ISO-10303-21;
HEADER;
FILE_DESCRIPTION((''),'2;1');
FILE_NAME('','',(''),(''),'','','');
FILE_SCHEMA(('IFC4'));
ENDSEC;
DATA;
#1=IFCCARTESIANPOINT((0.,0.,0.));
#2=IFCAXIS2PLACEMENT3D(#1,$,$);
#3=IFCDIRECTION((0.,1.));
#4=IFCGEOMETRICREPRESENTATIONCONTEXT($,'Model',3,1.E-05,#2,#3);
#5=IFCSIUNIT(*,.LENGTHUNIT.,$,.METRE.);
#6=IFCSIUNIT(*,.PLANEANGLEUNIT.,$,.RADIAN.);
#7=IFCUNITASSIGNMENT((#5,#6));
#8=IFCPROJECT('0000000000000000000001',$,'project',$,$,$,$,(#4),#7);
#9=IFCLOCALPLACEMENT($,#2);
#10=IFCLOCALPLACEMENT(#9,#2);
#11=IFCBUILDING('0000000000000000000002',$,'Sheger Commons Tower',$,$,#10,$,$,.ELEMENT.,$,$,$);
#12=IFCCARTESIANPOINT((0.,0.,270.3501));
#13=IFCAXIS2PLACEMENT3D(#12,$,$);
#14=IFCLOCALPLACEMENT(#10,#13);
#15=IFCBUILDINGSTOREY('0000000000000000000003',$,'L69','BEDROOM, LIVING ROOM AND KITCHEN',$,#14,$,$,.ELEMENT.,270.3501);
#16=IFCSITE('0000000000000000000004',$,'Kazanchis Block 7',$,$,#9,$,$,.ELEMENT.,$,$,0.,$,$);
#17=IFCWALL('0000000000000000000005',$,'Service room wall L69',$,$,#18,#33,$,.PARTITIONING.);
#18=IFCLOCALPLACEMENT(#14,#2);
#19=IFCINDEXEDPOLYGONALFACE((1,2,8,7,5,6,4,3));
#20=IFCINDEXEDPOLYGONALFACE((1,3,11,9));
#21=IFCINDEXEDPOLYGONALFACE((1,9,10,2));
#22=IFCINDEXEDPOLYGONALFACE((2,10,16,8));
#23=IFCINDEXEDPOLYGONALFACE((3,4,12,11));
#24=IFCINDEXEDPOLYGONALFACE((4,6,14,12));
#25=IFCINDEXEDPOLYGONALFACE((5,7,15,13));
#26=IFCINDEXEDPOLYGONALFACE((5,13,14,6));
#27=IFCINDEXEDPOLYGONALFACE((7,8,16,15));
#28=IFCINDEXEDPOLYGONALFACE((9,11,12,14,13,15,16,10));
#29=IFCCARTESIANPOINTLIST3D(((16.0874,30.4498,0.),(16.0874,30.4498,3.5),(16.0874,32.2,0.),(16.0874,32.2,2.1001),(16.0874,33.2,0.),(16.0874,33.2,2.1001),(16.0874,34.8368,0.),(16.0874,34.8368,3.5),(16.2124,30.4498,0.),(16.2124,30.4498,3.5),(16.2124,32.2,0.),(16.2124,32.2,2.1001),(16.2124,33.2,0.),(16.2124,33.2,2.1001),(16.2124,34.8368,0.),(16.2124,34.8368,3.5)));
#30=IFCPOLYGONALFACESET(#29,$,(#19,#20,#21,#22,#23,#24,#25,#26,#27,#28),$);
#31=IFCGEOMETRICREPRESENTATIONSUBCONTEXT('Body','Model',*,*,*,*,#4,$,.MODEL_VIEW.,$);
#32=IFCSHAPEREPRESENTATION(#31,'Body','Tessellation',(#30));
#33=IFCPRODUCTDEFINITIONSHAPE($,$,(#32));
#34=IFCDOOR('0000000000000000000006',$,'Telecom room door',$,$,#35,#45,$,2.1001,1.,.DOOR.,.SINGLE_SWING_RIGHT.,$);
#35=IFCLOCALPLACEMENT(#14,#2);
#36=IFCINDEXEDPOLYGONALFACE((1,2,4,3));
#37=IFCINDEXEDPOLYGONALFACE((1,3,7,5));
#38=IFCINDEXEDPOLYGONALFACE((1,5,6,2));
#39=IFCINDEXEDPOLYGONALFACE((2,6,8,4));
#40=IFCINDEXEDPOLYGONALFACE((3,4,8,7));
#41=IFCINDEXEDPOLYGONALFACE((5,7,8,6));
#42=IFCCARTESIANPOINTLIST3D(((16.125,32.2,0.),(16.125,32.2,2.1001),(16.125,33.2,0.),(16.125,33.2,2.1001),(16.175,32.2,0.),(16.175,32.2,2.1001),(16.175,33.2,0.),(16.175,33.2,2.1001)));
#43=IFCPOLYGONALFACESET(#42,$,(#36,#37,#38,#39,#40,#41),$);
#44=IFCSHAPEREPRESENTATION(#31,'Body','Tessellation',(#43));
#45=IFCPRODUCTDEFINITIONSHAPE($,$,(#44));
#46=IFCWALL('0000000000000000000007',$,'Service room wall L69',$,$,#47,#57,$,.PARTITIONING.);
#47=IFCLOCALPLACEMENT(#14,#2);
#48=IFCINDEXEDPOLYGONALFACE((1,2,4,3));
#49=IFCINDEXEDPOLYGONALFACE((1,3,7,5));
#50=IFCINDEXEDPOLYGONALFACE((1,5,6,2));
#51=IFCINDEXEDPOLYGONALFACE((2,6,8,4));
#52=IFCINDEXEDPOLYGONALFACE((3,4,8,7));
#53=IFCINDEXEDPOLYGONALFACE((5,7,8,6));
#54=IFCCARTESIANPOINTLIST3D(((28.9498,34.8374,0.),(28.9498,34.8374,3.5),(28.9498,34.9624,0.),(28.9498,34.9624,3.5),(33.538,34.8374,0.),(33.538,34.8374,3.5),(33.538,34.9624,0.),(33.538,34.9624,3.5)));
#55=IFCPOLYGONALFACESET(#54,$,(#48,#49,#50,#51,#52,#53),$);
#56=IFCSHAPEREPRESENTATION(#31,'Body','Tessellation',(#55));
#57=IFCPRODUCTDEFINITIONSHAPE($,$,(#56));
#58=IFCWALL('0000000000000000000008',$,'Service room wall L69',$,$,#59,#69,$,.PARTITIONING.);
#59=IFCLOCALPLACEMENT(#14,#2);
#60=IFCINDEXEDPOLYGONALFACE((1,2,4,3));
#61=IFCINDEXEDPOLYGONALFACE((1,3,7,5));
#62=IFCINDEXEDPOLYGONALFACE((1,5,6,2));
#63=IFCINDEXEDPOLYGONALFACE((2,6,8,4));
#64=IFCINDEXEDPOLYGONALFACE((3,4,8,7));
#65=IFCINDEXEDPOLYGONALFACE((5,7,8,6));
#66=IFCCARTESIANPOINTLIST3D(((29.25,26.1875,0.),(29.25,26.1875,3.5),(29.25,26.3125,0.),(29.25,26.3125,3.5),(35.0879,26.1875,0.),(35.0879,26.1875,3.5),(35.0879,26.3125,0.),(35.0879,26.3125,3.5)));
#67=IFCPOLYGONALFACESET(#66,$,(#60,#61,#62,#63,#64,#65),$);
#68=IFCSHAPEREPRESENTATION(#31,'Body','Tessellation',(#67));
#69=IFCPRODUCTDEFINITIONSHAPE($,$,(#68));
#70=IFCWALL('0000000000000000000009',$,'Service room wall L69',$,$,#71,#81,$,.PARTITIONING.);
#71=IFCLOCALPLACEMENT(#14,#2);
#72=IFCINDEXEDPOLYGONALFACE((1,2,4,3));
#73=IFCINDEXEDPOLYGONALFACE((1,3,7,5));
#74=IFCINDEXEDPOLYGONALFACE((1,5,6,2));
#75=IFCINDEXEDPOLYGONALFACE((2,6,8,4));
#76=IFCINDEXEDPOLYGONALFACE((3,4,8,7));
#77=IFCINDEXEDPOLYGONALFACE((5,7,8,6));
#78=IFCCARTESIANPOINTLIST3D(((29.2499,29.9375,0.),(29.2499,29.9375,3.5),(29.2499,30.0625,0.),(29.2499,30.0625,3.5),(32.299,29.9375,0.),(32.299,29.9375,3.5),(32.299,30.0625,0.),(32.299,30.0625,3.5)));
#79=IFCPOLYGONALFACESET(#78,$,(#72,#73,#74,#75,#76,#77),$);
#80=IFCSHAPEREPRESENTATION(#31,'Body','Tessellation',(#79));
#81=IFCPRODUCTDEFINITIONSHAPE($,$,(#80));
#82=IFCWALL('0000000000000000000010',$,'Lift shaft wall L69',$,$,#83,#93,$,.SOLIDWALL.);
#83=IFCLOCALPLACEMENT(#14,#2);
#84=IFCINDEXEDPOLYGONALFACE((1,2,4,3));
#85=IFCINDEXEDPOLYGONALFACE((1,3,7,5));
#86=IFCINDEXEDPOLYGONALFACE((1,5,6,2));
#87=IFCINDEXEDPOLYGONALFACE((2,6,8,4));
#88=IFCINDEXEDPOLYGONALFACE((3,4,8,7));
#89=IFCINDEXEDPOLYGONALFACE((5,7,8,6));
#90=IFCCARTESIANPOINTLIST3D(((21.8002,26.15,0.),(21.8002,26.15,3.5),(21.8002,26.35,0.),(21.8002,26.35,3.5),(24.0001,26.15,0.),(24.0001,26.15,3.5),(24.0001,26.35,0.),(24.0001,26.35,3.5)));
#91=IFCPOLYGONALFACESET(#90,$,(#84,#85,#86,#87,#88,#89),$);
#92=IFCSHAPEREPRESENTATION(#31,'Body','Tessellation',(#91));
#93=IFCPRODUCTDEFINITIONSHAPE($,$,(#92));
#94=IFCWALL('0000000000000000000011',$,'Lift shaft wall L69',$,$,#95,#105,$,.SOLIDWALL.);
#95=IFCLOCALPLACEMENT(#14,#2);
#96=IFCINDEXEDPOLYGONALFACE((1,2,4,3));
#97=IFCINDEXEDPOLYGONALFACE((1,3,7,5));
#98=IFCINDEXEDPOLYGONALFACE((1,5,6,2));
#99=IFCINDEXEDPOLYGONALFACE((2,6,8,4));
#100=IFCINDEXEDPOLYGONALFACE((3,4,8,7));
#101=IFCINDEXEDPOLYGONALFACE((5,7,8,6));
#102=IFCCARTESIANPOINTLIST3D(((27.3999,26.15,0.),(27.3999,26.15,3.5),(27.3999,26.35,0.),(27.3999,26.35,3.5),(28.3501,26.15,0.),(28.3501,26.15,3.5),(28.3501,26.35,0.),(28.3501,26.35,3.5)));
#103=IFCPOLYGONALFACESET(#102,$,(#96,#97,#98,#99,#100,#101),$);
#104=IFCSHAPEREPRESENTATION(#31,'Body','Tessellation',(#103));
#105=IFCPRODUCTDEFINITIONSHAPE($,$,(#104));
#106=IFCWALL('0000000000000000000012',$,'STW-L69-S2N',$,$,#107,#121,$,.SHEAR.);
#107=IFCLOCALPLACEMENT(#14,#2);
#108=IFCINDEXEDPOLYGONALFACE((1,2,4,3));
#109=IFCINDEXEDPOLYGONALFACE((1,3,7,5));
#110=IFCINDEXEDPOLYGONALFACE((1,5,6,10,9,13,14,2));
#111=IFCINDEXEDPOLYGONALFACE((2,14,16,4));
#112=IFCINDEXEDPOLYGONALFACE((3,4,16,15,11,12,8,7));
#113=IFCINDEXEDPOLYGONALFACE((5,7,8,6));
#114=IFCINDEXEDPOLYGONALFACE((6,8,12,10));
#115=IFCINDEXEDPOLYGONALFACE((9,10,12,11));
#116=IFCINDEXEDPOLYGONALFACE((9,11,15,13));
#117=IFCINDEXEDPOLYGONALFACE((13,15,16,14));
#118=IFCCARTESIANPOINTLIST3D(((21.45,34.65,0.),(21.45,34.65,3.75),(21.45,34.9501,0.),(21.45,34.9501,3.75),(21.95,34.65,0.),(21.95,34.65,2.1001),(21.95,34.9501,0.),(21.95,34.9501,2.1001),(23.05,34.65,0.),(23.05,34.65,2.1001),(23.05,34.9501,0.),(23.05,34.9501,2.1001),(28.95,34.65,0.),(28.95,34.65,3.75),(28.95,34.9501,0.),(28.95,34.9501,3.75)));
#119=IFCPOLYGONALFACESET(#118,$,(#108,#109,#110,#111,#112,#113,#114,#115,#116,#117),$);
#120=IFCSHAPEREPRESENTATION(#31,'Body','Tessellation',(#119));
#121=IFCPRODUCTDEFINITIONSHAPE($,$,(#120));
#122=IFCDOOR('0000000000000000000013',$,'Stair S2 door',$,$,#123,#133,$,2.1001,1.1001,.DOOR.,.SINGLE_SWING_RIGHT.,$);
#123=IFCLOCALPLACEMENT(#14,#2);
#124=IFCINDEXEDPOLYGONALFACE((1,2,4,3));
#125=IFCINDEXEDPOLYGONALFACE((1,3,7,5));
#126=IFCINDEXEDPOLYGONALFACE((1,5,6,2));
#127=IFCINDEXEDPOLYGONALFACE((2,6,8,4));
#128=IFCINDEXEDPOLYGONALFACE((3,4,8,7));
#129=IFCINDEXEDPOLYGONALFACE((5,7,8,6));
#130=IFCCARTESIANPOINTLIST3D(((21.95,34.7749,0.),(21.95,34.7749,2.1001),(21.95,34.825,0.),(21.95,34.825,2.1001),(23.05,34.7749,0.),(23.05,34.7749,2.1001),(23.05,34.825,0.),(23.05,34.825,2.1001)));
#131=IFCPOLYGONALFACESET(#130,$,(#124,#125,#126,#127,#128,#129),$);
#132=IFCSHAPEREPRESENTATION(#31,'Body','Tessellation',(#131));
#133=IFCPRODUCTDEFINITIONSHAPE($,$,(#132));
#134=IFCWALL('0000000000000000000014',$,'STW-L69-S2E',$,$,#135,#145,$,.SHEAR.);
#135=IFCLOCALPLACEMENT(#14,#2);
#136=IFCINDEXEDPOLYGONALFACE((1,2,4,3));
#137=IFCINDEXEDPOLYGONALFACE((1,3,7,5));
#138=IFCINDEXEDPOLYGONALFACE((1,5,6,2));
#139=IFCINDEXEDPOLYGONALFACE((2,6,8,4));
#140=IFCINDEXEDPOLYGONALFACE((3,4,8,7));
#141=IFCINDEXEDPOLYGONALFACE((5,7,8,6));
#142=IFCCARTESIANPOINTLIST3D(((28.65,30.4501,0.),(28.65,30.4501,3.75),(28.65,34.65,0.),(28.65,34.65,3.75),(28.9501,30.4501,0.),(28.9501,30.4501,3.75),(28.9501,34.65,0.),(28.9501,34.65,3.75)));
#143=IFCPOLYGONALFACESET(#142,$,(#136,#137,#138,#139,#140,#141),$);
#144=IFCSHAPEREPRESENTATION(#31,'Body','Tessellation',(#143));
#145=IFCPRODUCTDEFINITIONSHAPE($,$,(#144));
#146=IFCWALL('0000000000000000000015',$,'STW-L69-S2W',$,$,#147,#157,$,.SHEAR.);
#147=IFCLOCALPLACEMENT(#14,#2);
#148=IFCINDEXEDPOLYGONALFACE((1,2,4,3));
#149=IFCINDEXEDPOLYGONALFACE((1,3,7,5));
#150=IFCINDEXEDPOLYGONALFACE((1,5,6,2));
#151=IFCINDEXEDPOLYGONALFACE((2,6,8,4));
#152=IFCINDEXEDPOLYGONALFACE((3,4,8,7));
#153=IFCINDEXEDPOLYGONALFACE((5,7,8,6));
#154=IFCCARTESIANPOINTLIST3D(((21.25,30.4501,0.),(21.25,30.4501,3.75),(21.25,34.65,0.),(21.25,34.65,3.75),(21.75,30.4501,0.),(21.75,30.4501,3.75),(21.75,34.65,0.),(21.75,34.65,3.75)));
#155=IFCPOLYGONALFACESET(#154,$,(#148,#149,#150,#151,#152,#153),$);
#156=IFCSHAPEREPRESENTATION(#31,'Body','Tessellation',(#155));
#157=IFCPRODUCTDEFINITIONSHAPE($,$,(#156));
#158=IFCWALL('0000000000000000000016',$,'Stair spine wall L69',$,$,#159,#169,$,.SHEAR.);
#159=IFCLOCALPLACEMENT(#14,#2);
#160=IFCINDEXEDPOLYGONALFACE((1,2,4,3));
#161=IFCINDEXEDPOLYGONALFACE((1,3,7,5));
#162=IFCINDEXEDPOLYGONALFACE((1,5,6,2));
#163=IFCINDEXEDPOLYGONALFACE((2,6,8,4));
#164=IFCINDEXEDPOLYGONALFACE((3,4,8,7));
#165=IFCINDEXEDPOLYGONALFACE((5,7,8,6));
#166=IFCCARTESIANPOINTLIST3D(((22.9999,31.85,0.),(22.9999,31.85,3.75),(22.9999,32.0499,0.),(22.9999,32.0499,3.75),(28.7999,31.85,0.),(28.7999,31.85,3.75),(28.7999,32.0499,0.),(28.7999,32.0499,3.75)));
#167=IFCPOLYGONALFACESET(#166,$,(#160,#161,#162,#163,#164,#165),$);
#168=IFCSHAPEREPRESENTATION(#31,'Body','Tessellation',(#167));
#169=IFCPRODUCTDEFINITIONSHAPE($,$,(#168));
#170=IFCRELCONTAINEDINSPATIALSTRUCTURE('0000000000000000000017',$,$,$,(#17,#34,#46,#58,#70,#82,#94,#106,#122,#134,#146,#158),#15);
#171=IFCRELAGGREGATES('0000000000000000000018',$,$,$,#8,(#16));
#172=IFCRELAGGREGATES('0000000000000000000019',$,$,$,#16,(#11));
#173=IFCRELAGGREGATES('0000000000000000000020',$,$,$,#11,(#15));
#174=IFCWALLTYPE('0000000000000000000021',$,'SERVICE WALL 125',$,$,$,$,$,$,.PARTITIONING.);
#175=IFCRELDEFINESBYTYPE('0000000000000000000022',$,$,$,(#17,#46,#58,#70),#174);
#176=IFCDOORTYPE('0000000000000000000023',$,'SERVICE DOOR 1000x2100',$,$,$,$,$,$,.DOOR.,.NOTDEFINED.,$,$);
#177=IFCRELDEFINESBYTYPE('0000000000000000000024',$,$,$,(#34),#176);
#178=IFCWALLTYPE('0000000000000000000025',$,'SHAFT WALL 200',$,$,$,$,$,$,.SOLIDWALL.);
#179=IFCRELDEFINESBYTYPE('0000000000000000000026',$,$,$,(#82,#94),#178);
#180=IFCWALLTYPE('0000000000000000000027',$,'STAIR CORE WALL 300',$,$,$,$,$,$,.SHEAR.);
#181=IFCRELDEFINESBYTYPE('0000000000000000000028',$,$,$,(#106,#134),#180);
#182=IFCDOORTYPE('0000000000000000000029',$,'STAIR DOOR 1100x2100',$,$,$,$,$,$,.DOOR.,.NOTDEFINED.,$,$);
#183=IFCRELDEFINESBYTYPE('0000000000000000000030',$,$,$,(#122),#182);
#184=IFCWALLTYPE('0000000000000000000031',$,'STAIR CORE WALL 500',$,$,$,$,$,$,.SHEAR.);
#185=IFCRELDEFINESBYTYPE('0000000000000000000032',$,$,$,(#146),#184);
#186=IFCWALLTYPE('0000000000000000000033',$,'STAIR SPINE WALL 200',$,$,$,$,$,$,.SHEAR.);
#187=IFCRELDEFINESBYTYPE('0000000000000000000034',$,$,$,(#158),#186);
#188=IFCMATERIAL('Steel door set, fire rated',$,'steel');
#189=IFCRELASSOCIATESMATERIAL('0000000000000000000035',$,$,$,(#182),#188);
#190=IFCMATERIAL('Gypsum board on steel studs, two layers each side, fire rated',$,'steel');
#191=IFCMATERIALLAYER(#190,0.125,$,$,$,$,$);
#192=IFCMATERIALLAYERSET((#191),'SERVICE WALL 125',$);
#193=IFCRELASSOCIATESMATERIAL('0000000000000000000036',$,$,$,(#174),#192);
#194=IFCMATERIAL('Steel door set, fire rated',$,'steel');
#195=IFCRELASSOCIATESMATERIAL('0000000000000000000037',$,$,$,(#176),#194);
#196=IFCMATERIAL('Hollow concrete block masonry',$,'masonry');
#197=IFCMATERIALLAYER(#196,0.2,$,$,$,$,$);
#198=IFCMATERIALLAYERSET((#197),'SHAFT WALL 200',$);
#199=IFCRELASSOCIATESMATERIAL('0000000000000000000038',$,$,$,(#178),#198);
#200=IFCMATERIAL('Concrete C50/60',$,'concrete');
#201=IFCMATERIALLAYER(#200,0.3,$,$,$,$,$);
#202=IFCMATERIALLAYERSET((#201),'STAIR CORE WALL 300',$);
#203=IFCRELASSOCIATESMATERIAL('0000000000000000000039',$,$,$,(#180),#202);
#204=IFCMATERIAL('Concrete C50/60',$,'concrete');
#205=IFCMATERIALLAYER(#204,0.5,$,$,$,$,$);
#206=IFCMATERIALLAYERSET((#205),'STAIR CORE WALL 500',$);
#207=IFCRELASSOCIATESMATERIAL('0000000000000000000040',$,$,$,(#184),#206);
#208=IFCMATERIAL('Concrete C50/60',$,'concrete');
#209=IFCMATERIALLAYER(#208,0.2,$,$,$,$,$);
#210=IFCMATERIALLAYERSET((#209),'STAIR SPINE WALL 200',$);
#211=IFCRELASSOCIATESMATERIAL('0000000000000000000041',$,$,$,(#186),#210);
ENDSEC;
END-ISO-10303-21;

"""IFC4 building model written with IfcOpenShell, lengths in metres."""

from ifc_helpers import new_model, si_unit, direction, frame, frame_2d, origin, place, context, subcontext, project, spatial, rectangle, extrude, material, layer, layer_set, type_object, element, fill, save


model = new_model("IFC4")

# Units and contexts
model_context = context("Model", 3, precision=1e-05, world=origin(), true_north=direction((0.0, 1.0)))
body_context = subcontext(model_context, "Body", "Model", "MODEL_VIEW")
ifc_project = project(units=[si_unit("LENGTHUNIT", "METRE"), si_unit("PLANEANGLEUNIT", "RADIAN")], contexts=[model_context])

# Site, building, storey
site_placement = place(None, origin())
site = spatial("IfcSite", under=ifc_project, at=site_placement, Name="Kazanchis Block 7", CompositionType="ELEMENT", RefElevation=0.0)
building_placement = place(site_placement, origin())
building = spatial("IfcBuilding", under=site, at=building_placement, Name="Sheger Commons Tower", CompositionType="ELEMENT")
storey_placement = place(building_placement, frame((0.0, 0.0, 270.3501)))
storey = spatial("IfcBuildingStorey", under=building, at=storey_placement, Name="L69", Description="BEDROOM, LIVING ROOM AND KITCHEN", CompositionType="ELEMENT", Elevation=270.3501)

# Shared definitions
ifc_material_1 = material(Name="Steel door set, fire rated", Category="steel")
door_type_1 = type_object("IfcDoorType", Name="STAIR DOOR 1100x2100", OperationType="NOTDEFINED", PredefinedType="DOOR", material=ifc_material_1)

# Wall, opening, door
ifc_material_2 = material(Name="Gypsum board on steel studs, two layers each side, fire rated", Category="steel")
ifc_layer_1 = layer(ifc_material_2, 0.125)
ifc_layer_set_1 = layer_set([ifc_layer_1], Name="SERVICE WALL 125")
wall_type_1 = type_object("IfcWallType", Name="SERVICE WALL 125", PredefinedType="PARTITIONING", material=ifc_layer_set_1)
wall_1_placement = place(storey_placement, frame((16.1499, 30.45, 0.0), z_axis=(0.0, 0.0, 1.0), x_axis=(0.0, 1.0, 0.0)))
wall_1 = element("IfcWall", 1, at=wall_1_placement, inside=storey, type_object=wall_type_1, Name="Service room wall L69", PredefinedType="PARTITIONING", context=body_context, shape_type="SweptSolid", body=[
    extrude(rectangle(XDim=4.387, YDim=0.125, at=frame_2d((2.1934, 0.0))), origin(), (0.0, 0.0, 1.0), 3.5),
])
opening_1_placement = place(wall_1_placement, frame((1.75, 0.0, 0.0)))
opening_1 = element("IfcOpeningElement", 2, at=opening_1_placement, cuts=wall_1, PredefinedType="OPENING", context=body_context, shape_type="SweptSolid", body=[
    extrude(rectangle(XDim=1.0, YDim=2.1001, at=frame_2d((0.5, 1.05))), frame((0.0, 0.0725, 0.0), z_axis=(0.0, -1.0, 0.0), x_axis=(1.0, 0.0, 0.0)), (0.0, 0.0, 1.0), 0.145),
])
ifc_material_3 = material(Name="Steel door set, fire rated", Category="steel")
door_type_2 = type_object("IfcDoorType", Name="SERVICE DOOR 1000x2100", OperationType="NOTDEFINED", PredefinedType="DOOR", material=ifc_material_3)
door_1_placement = place(opening_1_placement, origin())
door_1 = element("IfcDoor", 3, at=door_1_placement, inside=storey, type_object=door_type_2, Name="Telecom room door", OperationType="SINGLE_SWING_RIGHT", OverallHeight=2.1001, OverallWidth=1.0, PredefinedType="DOOR", context=body_context, shape_type="SweptSolid", body=[
    extrude(rectangle(XDim=1.0, YDim=2.1001, at=frame_2d((0.5, 1.05))), frame((0.0, 0.0249, 0.0), z_axis=(0.0, -1.0, 0.0), x_axis=(1.0, 0.0, 0.0)), (0.0, 0.0, 1.0), 0.05),
])
fill(opening_1, door_1)

# Walls
wall_2_placement = place(storey_placement, frame((28.95, 34.8999, 0.0), z_axis=(0.0, 0.0, 1.0), x_axis=(1.0, 0.0, 0.0)))
element("IfcWall", 4, at=wall_2_placement, inside=storey, type_object=wall_type_1, Name="Service room wall L69", PredefinedType="PARTITIONING", context=body_context, shape_type="SweptSolid", body=[
    extrude(rectangle(XDim=4.5881, YDim=0.125, at=frame_2d((2.2939, 0.0))), origin(), (0.0, 0.0, 1.0), 3.5),
])
wall_3_placement = place(storey_placement, frame((29.25, 26.25, 0.0), z_axis=(0.0, 0.0, 1.0), x_axis=(1.0, 0.0, 0.0)))
element("IfcWall", 5, at=wall_3_placement, inside=storey, type_object=wall_type_1, Name="Service room wall L69", PredefinedType="PARTITIONING", context=body_context, shape_type="SweptSolid", body=[
    extrude(rectangle(XDim=5.8379, YDim=0.125, at=frame_2d((2.9189, 0.0))), origin(), (0.0, 0.0, 1.0), 3.5),
])
wall_4_placement = place(storey_placement, frame((29.25, 30.0, 0.0), z_axis=(0.0, 0.0, 1.0), x_axis=(1.0, 0.0, 0.0)))
element("IfcWall", 6, at=wall_4_placement, inside=storey, type_object=wall_type_1, Name="Service room wall L69", PredefinedType="PARTITIONING", context=body_context, shape_type="SweptSolid", body=[
    extrude(rectangle(XDim=3.0491, YDim=0.125, at=frame_2d((1.5244, 0.0))), origin(), (0.0, 0.0, 1.0), 3.5),
])
ifc_material_4 = material(Name="Hollow concrete block masonry", Category="masonry")
ifc_layer_2 = layer(ifc_material_4, 0.2)
ifc_layer_set_2 = layer_set([ifc_layer_2], Name="SHAFT WALL 200")
wall_type_2 = type_object("IfcWallType", Name="SHAFT WALL 200", PredefinedType="SOLIDWALL", material=ifc_layer_set_2)
wall_5_placement = place(storey_placement, frame((21.8, 26.25, 0.0), z_axis=(0.0, 0.0, 1.0), x_axis=(1.0, 0.0, 0.0)))
element("IfcWall", 7, at=wall_5_placement, inside=storey, type_object=wall_type_2, Name="Lift shaft wall L69", PredefinedType="SOLIDWALL", context=body_context, shape_type="SweptSolid", body=[
    extrude(rectangle(XDim=2.2, YDim=0.2, at=frame_2d((1.1001, 0.0))), origin(), (0.0, 0.0, 1.0), 3.5),
])
wall_6_placement = place(storey_placement, frame((27.3999, 26.25, 0.0), z_axis=(0.0, 0.0, 1.0), x_axis=(1.0, 0.0, 0.0)))
element("IfcWall", 8, at=wall_6_placement, inside=storey, type_object=wall_type_2, Name="Lift shaft wall L69", PredefinedType="SOLIDWALL", context=body_context, shape_type="SweptSolid", body=[
    extrude(rectangle(XDim=0.9502, YDim=0.2, at=frame_2d((0.4751, 0.0))), origin(), (0.0, 0.0, 1.0), 3.5),
])

# Wall, opening, door
ifc_material_5 = material(Name="Concrete C50/60", Category="concrete")
ifc_layer_3 = layer(ifc_material_5, 0.3)
ifc_layer_set_3 = layer_set([ifc_layer_3], Name="STAIR CORE WALL 300")
wall_type_3 = type_object("IfcWallType", Name="STAIR CORE WALL 300", PredefinedType="SHEAR", material=ifc_layer_set_3)
wall_7_placement = place(storey_placement, frame((21.45, 34.8, 0.0), z_axis=(0.0, 0.0, 1.0), x_axis=(1.0, 0.0, 0.0)))
wall_7 = element("IfcWall", 9, at=wall_7_placement, inside=storey, type_object=wall_type_3, Name="STW-L69-S2N", PredefinedType="SHEAR", context=body_context, shape_type="SweptSolid", body=[
    extrude(rectangle(XDim=7.5, YDim=0.3, at=frame_2d((3.75, 0.0))), origin(), (0.0, 0.0, 1.0), 3.75),
])
opening_2_placement = place(wall_7_placement, frame((0.5, 0.0, 0.0)))
opening_2 = element("IfcOpeningElement", 10, at=opening_2_placement, cuts=wall_7, PredefinedType="OPENING", context=body_context, shape_type="SweptSolid", body=[
    extrude(rectangle(XDim=1.1001, YDim=2.1001, at=frame_2d((0.55, 1.05))), frame((0.0, 0.1599, 0.0), z_axis=(0.0, -1.0, 0.0), x_axis=(1.0, 0.0, 0.0)), (0.0, 0.0, 1.0), 0.3201),
])
door_2_placement = place(opening_2_placement, origin())
door_2 = element("IfcDoor", 11, at=door_2_placement, inside=storey, type_object=door_type_1, Name="Stair S2 door", OperationType="SINGLE_SWING_RIGHT", OverallHeight=2.1001, OverallWidth=1.1001, PredefinedType="DOOR", context=body_context, shape_type="SweptSolid", body=[
    extrude(rectangle(XDim=1.1001, YDim=2.1001, at=frame_2d((0.55, 1.05))), frame((0.0, 0.0249, 0.0), z_axis=(0.0, -1.0, 0.0), x_axis=(1.0, 0.0, 0.0)), (0.0, 0.0, 1.0), 0.05),
])
fill(opening_2, door_2)

# Walls
wall_8_placement = place(storey_placement, frame((28.8, 30.45, 0.0), z_axis=(0.0, 0.0, 1.0), x_axis=(0.0, 1.0, 0.0)))
element("IfcWall", 12, at=wall_8_placement, inside=storey, type_object=wall_type_3, Name="STW-L69-S2E", PredefinedType="SHEAR", context=body_context, shape_type="SweptSolid", body=[
    extrude(rectangle(XDim=4.2, YDim=0.3, at=frame_2d((2.1001, 0.0))), origin(), (0.0, 0.0, 1.0), 3.75),
])
ifc_material_6 = material(Name="Concrete C50/60", Category="concrete")
ifc_layer_4 = layer(ifc_material_6, 0.5)
ifc_layer_set_4 = layer_set([ifc_layer_4], Name="STAIR CORE WALL 500")
wall_type_4 = type_object("IfcWallType", Name="STAIR CORE WALL 500", PredefinedType="SHEAR", material=ifc_layer_set_4)
wall_9_placement = place(storey_placement, frame((21.5, 30.45, 0.0), z_axis=(0.0, 0.0, 1.0), x_axis=(0.0, 1.0, 0.0)))
element("IfcWall", 13, at=wall_9_placement, inside=storey, type_object=wall_type_4, Name="STW-L69-S2W", PredefinedType="SHEAR", context=body_context, shape_type="SweptSolid", body=[
    extrude(rectangle(XDim=4.2, YDim=0.5, at=frame_2d((2.1001, 0.0))), origin(), (0.0, 0.0, 1.0), 3.75),
])
ifc_material_7 = material(Name="Concrete C50/60", Category="concrete")
ifc_layer_5 = layer(ifc_material_7, 0.2)
ifc_layer_set_5 = layer_set([ifc_layer_5], Name="STAIR SPINE WALL 200")
wall_type_5 = type_object("IfcWallType", Name="STAIR SPINE WALL 200", PredefinedType="SHEAR", material=ifc_layer_set_5)
wall_10_placement = place(storey_placement, frame((23.0, 31.95, 0.0), z_axis=(0.0, 0.0, 1.0), x_axis=(1.0, 0.0, 0.0)))
element("IfcWall", 14, at=wall_10_placement, inside=storey, type_object=wall_type_5, Name="Stair spine wall L69", PredefinedType="SHEAR", context=body_context, shape_type="SweptSolid", body=[
    extrude(rectangle(XDim=5.8, YDim=0.2, at=frame_2d((2.8999, 0.0))), origin(), (0.0, 0.0, 1.0), 3.75),
])

save(model, "model.ifc")
